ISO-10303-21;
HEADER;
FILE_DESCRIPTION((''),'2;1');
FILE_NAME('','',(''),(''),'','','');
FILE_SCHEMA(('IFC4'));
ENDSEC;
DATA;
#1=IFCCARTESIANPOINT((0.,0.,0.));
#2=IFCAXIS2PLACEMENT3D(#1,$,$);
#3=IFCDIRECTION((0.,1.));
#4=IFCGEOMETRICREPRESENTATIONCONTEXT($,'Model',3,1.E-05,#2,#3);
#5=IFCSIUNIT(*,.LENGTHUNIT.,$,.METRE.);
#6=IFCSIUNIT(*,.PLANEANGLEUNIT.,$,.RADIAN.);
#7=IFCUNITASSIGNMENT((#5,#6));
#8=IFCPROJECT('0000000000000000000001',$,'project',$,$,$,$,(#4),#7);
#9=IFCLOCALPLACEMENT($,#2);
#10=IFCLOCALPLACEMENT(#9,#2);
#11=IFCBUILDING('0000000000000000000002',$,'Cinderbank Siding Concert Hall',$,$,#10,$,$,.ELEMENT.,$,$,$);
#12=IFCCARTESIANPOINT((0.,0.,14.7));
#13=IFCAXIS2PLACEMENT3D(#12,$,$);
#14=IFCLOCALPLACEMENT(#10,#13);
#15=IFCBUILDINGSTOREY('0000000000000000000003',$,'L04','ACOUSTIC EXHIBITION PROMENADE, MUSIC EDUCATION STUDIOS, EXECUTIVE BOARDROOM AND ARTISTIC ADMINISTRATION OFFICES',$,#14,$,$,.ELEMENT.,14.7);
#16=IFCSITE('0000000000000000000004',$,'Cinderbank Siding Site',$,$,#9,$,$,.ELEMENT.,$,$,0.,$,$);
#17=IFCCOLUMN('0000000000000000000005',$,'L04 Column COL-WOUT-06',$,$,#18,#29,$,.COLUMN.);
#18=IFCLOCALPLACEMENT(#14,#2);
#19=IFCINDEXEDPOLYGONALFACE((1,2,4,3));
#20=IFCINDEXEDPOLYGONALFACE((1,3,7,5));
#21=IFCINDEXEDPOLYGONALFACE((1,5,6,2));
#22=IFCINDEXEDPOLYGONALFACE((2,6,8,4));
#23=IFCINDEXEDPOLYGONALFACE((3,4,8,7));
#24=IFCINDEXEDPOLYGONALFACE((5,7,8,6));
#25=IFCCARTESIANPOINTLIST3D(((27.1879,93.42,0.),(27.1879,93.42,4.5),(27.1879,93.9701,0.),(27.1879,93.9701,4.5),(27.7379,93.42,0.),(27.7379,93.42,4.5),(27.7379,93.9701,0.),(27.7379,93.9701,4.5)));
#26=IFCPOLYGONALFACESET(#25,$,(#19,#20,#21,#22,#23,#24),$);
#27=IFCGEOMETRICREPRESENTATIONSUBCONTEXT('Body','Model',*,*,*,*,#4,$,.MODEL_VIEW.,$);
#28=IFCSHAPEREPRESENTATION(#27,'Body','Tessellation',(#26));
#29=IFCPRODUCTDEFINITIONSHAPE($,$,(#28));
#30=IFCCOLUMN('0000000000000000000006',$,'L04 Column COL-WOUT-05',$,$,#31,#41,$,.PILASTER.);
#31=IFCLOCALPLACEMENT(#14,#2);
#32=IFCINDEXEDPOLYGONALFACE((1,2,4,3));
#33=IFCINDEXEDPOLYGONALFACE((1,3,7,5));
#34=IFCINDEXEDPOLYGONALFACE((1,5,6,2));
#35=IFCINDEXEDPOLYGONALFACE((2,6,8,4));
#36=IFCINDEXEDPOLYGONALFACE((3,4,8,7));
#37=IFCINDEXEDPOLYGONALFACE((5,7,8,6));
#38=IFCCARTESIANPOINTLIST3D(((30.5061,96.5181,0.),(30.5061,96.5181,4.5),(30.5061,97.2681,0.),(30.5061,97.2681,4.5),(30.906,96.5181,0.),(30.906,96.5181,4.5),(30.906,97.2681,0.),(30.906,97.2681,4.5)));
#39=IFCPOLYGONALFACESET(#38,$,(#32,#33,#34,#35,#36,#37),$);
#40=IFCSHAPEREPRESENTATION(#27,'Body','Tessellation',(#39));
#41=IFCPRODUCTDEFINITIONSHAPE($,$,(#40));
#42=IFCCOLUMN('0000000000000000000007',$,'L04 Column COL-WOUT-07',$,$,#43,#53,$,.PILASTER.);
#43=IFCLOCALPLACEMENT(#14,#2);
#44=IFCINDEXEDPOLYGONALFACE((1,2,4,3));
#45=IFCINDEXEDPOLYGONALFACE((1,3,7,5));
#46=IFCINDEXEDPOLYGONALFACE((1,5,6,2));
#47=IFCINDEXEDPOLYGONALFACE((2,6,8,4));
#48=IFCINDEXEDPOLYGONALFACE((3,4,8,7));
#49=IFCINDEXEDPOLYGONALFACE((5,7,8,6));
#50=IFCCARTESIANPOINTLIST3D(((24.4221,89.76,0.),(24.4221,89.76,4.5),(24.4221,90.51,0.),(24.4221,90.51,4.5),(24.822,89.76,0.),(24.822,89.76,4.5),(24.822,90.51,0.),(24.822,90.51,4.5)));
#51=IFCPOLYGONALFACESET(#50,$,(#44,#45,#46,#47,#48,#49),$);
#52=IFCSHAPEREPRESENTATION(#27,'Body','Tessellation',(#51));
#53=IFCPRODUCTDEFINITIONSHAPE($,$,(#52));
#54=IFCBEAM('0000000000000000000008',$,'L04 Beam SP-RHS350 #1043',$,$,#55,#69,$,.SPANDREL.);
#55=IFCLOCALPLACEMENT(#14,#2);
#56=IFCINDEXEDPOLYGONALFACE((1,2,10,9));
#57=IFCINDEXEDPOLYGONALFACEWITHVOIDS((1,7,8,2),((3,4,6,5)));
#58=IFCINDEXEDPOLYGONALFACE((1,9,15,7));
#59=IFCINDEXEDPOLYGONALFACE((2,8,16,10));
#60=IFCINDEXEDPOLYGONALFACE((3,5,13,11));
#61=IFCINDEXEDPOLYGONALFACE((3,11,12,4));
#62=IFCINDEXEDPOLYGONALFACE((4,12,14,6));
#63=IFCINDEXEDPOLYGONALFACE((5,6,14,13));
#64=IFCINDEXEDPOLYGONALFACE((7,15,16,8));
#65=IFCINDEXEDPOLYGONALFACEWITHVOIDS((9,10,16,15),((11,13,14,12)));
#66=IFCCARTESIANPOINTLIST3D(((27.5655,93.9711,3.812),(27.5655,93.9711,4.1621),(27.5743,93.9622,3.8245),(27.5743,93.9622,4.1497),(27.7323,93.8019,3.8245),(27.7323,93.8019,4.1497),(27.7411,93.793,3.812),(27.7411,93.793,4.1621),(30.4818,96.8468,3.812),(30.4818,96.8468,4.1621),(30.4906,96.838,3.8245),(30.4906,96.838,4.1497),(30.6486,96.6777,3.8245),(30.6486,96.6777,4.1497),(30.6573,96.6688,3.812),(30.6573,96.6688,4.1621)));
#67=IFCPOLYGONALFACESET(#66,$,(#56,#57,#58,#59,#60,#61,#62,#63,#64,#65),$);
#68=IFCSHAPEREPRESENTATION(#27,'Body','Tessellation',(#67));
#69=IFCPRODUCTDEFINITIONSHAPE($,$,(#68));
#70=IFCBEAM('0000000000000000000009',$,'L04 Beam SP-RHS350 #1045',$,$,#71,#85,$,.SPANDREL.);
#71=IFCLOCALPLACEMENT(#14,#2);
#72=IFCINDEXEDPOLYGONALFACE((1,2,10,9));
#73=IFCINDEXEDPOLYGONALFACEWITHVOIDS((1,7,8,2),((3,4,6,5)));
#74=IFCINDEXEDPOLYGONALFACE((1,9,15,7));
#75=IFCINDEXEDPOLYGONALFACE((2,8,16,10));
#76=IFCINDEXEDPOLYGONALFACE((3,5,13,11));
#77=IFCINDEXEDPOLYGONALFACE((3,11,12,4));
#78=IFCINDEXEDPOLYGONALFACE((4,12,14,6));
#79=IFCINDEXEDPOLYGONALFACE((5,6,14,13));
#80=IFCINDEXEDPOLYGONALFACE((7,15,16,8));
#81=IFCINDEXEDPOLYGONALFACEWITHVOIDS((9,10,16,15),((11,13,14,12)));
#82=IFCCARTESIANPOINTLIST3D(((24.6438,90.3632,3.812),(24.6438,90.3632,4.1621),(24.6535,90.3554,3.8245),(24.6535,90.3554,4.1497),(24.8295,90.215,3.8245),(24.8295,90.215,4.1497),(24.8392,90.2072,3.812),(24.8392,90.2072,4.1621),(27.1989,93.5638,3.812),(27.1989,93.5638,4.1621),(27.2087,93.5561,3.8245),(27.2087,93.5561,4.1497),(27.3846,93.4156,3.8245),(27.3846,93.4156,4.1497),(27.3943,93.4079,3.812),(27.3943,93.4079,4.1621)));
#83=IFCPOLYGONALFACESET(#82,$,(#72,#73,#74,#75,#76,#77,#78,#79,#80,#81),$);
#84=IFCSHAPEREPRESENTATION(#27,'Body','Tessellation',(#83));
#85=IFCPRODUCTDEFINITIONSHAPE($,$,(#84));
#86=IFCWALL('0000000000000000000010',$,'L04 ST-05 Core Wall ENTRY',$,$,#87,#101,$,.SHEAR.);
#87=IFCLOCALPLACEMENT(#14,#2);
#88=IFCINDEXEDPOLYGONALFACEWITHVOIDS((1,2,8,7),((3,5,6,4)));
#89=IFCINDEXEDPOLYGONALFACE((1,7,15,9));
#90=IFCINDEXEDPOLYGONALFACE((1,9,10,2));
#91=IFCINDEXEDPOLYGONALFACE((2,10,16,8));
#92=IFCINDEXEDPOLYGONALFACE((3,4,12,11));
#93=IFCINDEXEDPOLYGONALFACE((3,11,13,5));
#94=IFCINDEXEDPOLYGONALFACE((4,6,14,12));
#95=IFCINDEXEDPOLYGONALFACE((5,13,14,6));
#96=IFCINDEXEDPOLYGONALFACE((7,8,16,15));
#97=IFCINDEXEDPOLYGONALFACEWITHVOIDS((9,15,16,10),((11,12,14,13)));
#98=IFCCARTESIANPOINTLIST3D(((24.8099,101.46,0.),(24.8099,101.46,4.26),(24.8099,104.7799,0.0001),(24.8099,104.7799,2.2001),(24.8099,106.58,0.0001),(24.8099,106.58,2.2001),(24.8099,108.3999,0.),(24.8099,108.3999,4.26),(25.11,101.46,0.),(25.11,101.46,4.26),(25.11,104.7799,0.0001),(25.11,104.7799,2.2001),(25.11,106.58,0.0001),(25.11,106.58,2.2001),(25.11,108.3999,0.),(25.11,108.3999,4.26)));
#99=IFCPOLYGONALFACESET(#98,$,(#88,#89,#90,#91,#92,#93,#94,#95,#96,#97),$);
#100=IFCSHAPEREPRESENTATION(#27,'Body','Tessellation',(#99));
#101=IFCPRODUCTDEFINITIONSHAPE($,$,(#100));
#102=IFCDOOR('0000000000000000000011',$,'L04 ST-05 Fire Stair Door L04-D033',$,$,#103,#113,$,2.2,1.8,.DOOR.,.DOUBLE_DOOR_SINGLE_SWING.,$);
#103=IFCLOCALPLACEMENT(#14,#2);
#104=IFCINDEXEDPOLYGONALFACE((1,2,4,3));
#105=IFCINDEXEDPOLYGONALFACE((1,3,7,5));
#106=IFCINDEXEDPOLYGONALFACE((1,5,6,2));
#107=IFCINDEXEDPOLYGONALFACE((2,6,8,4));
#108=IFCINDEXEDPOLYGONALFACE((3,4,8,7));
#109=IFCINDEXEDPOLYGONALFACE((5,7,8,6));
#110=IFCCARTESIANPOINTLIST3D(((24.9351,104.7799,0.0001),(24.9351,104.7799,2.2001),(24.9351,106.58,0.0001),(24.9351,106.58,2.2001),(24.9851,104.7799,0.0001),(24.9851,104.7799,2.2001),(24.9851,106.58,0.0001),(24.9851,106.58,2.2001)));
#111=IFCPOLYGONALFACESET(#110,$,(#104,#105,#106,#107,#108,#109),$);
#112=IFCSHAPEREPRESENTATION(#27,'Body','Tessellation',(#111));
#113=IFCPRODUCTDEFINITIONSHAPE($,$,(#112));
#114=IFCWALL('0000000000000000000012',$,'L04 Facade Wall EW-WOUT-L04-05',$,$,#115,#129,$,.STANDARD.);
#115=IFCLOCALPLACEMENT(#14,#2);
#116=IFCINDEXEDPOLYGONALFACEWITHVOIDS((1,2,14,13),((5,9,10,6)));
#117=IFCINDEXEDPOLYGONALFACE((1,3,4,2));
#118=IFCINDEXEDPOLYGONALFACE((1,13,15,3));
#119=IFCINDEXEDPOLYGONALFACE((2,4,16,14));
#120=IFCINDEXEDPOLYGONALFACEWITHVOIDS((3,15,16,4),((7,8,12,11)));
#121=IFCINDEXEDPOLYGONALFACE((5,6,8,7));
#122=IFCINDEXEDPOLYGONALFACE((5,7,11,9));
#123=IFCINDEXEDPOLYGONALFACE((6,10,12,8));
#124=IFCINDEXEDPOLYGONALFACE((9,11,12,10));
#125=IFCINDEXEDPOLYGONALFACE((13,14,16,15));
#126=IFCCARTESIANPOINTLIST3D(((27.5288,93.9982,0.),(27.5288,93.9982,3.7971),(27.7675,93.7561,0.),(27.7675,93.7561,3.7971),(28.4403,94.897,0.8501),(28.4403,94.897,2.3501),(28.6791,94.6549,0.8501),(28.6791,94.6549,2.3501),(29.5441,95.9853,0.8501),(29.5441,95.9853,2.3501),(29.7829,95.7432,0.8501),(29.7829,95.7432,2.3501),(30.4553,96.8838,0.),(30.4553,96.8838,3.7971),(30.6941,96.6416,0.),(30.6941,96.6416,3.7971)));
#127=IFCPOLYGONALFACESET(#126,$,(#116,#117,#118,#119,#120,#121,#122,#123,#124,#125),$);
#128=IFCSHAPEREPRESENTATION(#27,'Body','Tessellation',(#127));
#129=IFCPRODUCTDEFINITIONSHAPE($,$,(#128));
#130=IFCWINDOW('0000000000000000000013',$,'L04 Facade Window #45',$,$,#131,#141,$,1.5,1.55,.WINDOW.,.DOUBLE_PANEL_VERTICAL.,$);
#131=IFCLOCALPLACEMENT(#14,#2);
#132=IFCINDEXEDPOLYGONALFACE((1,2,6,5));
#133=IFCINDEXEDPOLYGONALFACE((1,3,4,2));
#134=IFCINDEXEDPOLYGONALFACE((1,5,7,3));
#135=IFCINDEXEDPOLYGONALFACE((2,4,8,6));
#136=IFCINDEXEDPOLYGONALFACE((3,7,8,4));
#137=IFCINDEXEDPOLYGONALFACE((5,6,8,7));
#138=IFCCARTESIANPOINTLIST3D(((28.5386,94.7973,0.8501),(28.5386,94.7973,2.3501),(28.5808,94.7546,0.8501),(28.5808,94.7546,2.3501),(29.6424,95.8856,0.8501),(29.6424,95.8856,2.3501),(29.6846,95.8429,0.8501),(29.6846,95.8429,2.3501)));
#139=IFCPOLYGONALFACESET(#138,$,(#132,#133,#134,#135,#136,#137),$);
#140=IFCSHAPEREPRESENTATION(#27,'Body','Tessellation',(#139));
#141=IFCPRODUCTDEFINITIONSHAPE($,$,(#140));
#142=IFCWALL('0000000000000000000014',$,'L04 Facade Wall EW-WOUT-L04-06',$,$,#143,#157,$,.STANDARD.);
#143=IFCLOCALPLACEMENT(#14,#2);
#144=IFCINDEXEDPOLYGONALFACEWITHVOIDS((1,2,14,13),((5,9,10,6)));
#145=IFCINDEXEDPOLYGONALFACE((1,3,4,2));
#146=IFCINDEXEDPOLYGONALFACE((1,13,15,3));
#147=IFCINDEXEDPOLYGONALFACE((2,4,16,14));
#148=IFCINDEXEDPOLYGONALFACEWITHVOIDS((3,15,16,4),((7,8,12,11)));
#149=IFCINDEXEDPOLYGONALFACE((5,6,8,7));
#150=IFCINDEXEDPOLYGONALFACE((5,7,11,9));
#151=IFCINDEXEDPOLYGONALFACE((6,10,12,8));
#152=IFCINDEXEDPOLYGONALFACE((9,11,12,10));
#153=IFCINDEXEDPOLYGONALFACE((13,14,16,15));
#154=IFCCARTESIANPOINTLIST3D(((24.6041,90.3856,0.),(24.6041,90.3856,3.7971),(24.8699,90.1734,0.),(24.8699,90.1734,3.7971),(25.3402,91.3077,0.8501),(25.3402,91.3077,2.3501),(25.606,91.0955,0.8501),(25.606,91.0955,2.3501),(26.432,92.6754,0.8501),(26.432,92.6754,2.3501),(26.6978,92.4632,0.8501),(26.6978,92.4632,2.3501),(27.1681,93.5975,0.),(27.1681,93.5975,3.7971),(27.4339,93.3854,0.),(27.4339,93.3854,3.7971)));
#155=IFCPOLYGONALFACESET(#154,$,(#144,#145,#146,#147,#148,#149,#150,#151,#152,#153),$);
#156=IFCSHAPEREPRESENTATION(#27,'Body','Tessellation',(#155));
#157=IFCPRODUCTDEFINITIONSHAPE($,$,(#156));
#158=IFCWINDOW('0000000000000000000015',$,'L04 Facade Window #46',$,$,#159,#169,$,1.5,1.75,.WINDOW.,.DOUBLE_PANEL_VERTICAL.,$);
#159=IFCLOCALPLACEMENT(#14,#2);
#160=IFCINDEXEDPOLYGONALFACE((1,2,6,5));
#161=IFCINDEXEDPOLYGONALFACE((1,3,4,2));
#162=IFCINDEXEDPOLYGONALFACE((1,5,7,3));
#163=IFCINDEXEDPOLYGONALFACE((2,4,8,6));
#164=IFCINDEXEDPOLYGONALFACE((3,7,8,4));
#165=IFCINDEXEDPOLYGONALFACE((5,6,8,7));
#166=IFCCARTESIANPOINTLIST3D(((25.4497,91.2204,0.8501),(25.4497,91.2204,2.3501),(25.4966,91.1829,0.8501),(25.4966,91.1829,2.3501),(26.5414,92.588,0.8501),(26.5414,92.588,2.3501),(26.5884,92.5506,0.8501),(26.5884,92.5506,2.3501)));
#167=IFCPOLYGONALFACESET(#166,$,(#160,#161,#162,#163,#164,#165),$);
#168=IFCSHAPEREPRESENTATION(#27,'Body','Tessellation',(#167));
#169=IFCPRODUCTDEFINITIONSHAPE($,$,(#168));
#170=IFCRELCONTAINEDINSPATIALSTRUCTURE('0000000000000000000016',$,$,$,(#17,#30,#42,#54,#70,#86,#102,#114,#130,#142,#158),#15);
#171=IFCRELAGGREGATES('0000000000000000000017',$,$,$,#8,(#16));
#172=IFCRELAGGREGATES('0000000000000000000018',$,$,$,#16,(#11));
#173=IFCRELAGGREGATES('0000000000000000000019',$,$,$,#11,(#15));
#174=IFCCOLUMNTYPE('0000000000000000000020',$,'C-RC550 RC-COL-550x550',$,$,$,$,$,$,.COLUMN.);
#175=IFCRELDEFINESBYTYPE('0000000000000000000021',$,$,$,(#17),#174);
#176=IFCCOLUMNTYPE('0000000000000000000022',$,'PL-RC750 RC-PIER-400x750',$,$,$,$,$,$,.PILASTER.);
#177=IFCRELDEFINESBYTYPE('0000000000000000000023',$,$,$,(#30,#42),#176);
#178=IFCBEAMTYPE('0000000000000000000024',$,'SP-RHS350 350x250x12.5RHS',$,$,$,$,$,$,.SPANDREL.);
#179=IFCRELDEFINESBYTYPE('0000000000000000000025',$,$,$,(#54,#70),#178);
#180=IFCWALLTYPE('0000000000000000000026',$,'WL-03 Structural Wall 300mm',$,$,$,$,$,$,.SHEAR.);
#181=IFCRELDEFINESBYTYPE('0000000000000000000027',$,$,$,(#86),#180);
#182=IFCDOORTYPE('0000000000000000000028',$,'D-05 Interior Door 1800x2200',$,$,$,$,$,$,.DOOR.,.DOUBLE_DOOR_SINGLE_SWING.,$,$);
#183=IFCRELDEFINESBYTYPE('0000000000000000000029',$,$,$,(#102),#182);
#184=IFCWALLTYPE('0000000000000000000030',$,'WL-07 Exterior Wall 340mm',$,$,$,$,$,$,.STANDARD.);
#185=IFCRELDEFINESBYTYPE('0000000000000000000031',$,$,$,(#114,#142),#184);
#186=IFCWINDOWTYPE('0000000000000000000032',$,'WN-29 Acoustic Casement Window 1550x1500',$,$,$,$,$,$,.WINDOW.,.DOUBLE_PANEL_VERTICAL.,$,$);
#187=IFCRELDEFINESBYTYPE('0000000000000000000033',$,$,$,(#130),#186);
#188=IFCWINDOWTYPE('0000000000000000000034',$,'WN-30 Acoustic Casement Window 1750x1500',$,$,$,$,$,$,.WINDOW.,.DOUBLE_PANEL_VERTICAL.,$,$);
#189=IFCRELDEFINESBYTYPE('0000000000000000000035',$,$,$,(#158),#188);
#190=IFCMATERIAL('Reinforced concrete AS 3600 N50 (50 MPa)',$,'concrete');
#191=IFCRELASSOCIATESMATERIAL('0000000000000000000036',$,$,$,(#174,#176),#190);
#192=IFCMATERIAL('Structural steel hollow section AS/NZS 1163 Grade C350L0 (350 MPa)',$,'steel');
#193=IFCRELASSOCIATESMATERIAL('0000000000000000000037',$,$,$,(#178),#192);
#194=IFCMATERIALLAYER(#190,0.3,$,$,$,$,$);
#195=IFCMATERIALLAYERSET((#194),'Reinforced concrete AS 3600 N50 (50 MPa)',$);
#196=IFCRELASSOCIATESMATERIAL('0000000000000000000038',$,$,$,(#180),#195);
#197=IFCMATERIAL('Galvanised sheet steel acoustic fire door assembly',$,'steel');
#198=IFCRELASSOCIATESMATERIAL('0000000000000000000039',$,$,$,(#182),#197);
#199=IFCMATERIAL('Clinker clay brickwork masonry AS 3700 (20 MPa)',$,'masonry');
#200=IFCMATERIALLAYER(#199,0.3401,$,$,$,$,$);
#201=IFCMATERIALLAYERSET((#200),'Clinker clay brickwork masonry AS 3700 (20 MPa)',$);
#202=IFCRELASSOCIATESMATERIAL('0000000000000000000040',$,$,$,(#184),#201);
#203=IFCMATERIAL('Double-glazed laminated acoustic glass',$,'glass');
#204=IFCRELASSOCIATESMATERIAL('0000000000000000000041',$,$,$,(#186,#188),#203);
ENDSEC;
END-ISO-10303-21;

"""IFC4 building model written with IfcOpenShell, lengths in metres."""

from ifc_helpers import new_model, si_unit, direction, frame, frame_2d, origin, origin_2d, place, context, subcontext, project, spatial, rectangle, hollow_rectangle, extrude, material, layer, layer_set, material_profile, profile_set, type_object, element, fill, save


model = new_model("IFC4")

# Units and contexts
model_context = context("Model", 3, precision=1e-05, world=origin(), true_north=direction((0.0, 1.0)))
body_context = subcontext(model_context, "Body", "Model", "MODEL_VIEW")
ifc_project = project(units=[si_unit("LENGTHUNIT", "METRE"), si_unit("PLANEANGLEUNIT", "RADIAN")], contexts=[model_context])

# Site, building, storey
site_placement = place(None, origin())
site = spatial("IfcSite", under=ifc_project, at=site_placement, Name="Cinderbank Siding Site", CompositionType="ELEMENT", RefElevation=0.0)
building_placement = place(site_placement, origin())
building = spatial("IfcBuilding", under=site, at=building_placement, Name="Cinderbank Siding Concert Hall", CompositionType="ELEMENT")
storey_placement = place(building_placement, frame((0.0, 0.0, 14.7)))
storey = spatial("IfcBuildingStorey", under=building, at=storey_placement, Name="L04", Description="ACOUSTIC EXHIBITION PROMENADE, MUSIC EDUCATION STUDIOS, EXECUTIVE BOARDROOM AND ARTISTIC ADMINISTRATION OFFICES", CompositionType="ELEMENT", Elevation=14.7)

# Columns
ifc_material_1 = material(Name="Reinforced concrete AS 3600 N50 (50 MPa)", Category="concrete")
ifc_material_profile_1 = material_profile(ifc_material_1, rectangle(XDim=0.55, YDim=0.55, at=origin_2d()), Name="RC-COL-550x550", Category="LoadBearing")
ifc_profile_set_1 = profile_set([ifc_material_profile_1], Name="Reinforced concrete AS 3600 N50 (50 MPa)")
column_type_1 = type_object("IfcColumnType", Name="C-RC550 RC-COL-550x550", PredefinedType="COLUMN", material=ifc_profile_set_1)
column_placement = place(storey_placement, frame((27.4629, 93.6951, 0.0), z_axis=(0.0, 0.0, 1.0), x_axis=(1.0, 0.0, 0.0)))
element("IfcColumn", 1, at=column_placement, inside=storey, type_object=column_type_1, Name="L04 Column COL-WOUT-06", PredefinedType="COLUMN", context=body_context, shape_type="SweptSolid", body=[
    extrude(rectangle(XDim=0.55, YDim=0.55, at=origin_2d()), origin(), (0.0, 0.0, 1.0), 4.5),
])
ifc_material_profile_2 = material_profile(ifc_material_1, rectangle(XDim=0.3999, YDim=0.75, at=origin_2d()), Name="RC-PIER-400x750", Category="LoadBearing")
ifc_profile_set_2 = profile_set([ifc_material_profile_2], Name="Reinforced concrete AS 3600 N50 (50 MPa)")
column_type_2 = type_object("IfcColumnType", Name="PL-RC750 RC-PIER-400x750", PredefinedType="PILASTER", material=ifc_profile_set_2)
for number, where, z_axis, x_axis, name in (
    (2, (30.7061, 96.8931, 0.0), (0.0, 0.0, 1.0), (1.0, 0.0, 0.0), "L04 Column COL-WOUT-05"),
    (3, (24.6221, 90.135, 0.0), (0.0, 0.0, 1.0), (1.0, 0.0, 0.0), "L04 Column COL-WOUT-07"),
):
    element("IfcColumn", number, at=place(storey_placement, frame(where, z_axis=z_axis, x_axis=x_axis)), inside=storey, type_object=column_type_2, Name=name, PredefinedType="PILASTER", context=body_context, shape_type="SweptSolid", body=[
        extrude(rectangle(XDim=0.3999, YDim=0.75, at=origin_2d()), origin(), (0.0, 0.0, 1.0), 4.5),
    ])

# Beams
ifc_material_2 = material(Name="Structural steel hollow section AS/NZS 1163 Grade C350L0 (350 MPa)", Category="steel")
ifc_material_profile_3 = material_profile(ifc_material_2, hollow_rectangle(XDim=0.25, YDim=0.3501, WallThickness=0.0125, at=origin_2d()), Name="350x250x12.5RHS", Category="LoadBearing")
ifc_profile_set_3 = profile_set([ifc_material_profile_3], Name="Structural steel hollow section AS/NZS 1163 Grade C350L0 (350 MPa)")
beam_type = type_object("IfcBeamType", Name="SP-RHS350 350x250x12.5RHS", PredefinedType="SPANDREL", material=ifc_profile_set_3)
beam_1_placement = place(storey_placement, frame((30.5696, 96.7578, 3.9871), z_axis=(-0.712037, -0.702142, 0.0), x_axis=(0.702142, -0.712037, 0.0)))
element("IfcBeam", 4, at=beam_1_placement, inside=storey, type_object=beam_type, Name="L04 Beam SP-RHS350 #1043", PredefinedType="SPANDREL", context=body_context, shape_type="SweptSolid", body=[
    extrude(hollow_rectangle(XDim=0.25, YDim=0.3501, WallThickness=0.0125, at=origin_2d()), origin(), (0.0, 0.0, 1.0), 4.0957),
])
beam_2_placement = place(storey_placement, frame((27.2966, 93.4858, 3.9871), z_axis=(-0.623895, -0.781508, 0.0), x_axis=(0.781508, -0.623895, 0.0)))
element("IfcBeam", 5, at=beam_2_placement, inside=storey, type_object=beam_type, Name="L04 Beam SP-RHS350 #1045", PredefinedType="SPANDREL", context=body_context, shape_type="SweptSolid", body=[
    extrude(hollow_rectangle(XDim=0.25, YDim=0.3501, WallThickness=0.0125, at=origin_2d()), origin(), (0.0, 0.0, 1.0), 4.0955),
])

# Wall, opening, door
ifc_layer_1 = layer(ifc_material_1, 0.3)
ifc_layer_set_1 = layer_set([ifc_layer_1], Name="Reinforced concrete AS 3600 N50 (50 MPa)")
wall_type_1 = type_object("IfcWallType", Name="WL-03 Structural Wall 300mm", PredefinedType="SHEAR", material=ifc_layer_set_1)
wall_1_placement = place(storey_placement, frame((24.96, 101.46, 0.0), z_axis=(0.0, 0.0, 1.0), x_axis=(0.0, 1.0, 0.0)))
wall_1 = element("IfcWall", 6, at=wall_1_placement, inside=storey, type_object=wall_type_1, Name="L04 ST-05 Core Wall ENTRY", PredefinedType="SHEAR", context=body_context, shape_type="SweptSolid", body=[
    extrude(rectangle(XDim=6.9399, YDim=0.3, at=frame_2d((3.47, 0.0))), origin(), (0.0, 0.0, 1.0), 4.26),
])
opening_1_placement = place(wall_1_placement, frame((3.3201, 0.0, 0.0)))
opening_1 = element("IfcOpeningElement", 7, at=opening_1_placement, cuts=wall_1, PredefinedType="OPENING", context=body_context, shape_type="SweptSolid", body=[
    extrude(rectangle(XDim=1.8, YDim=2.2, at=frame_2d((0.8999, 1.1001))), frame((0.0, 0.1621, 0.0), z_axis=(0.0, -1.0, 0.0), x_axis=(1.0, 0.0, 0.0)), (0.0, 0.0, 1.0), 0.324),
])
ifc_material_3 = material(Name="Galvanised sheet steel acoustic fire door assembly", Category="steel")
door_type_1 = type_object("IfcDoorType", Name="D-05 Interior Door 1800x2200", OperationType="DOUBLE_DOOR_SINGLE_SWING", PredefinedType="DOOR", material=ifc_material_3)
door_1_placement = place(opening_1_placement, origin())
door_1 = element("IfcDoor", 8, at=door_1_placement, inside=storey, type_object=door_type_1, Name="L04 ST-05 Fire Stair Door L04-D033", OperationType="DOUBLE_DOOR_SINGLE_SWING", OverallHeight=2.2, OverallWidth=1.8, PredefinedType="DOOR", context=body_context, shape_type="SweptSolid", body=[
    extrude(rectangle(XDim=1.8, YDim=2.2, at=frame_2d((0.8999, 1.1001))), frame((0.0, 0.0249, 0.0), z_axis=(0.0, -1.0, 0.0), x_axis=(1.0, 0.0, 0.0)), (0.0, 0.0, 1.0), 0.05),
])
fill(opening_1, door_1)

# Walls, openings, windows
ifc_material_4 = material(Name="Clinker clay brickwork masonry AS 3700 (20 MPa)", Category="masonry")
ifc_layer_2 = layer(ifc_material_4, 0.3401)
ifc_layer_set_2 = layer_set([ifc_layer_2], Name="Clinker clay brickwork masonry AS 3700 (20 MPa)")
wall_type_2 = type_object("IfcWallType", Name="WL-07 Exterior Wall 340mm", PredefinedType="STANDARD", material=ifc_layer_set_2)
wall_2_placement = place(storey_placement, frame((30.5747, 96.7627, 0.0), z_axis=(0.0, 0.0, 1.0), x_axis=(-0.712079, -0.702099, 0.0)))
wall_2 = element("IfcWall", 9, at=wall_2_placement, inside=storey, type_object=wall_type_2, Name="L04 Facade Wall EW-WOUT-L04-05", PredefinedType="STANDARD", context=body_context, shape_type="SweptSolid", body=[
    extrude(rectangle(XDim=4.1099, YDim=0.3401, at=frame_2d((2.0549, 0.0))), origin(), (0.0, 0.0, 1.0), 3.7971),
])
opening_2_placement = place(wall_2_placement, frame((1.2798, 0.0, 0.8501)))
opening_2 = element("IfcOpeningElement", 10, at=opening_2_placement, cuts=wall_2, PredefinedType="OPENING", context=body_context, shape_type="SweptSolid", body=[
    extrude(rectangle(XDim=1.55, YDim=1.5, at=frame_2d((0.7749, 0.75))), frame((0.0, 0.1821, 0.0), z_axis=(0.0, -1.0, 0.0), x_axis=(1.0, 0.0, 0.0)), (0.0, 0.0, 1.0), 0.364),
])
ifc_material_5 = material(Name="Double-glazed laminated acoustic glass", Category="glass")
window_type_1 = type_object("IfcWindowType", Name="WN-29 Acoustic Casement Window 1550x1500", PartitioningType="DOUBLE_PANEL_VERTICAL", PredefinedType="WINDOW", material=ifc_material_5)
window_1_placement = place(opening_2_placement, origin())
window_1 = element("IfcWindow", 11, at=window_1_placement, inside=storey, type_object=window_type_1, Name="L04 Facade Window #45", OverallHeight=1.5, OverallWidth=1.55, PartitioningType="DOUBLE_PANEL_VERTICAL", PredefinedType="WINDOW", context=body_context, shape_type="SweptSolid", body=[
    extrude(rectangle(XDim=1.55, YDim=1.5, at=frame_2d((0.7749, 0.75))), frame((0.0, 0.03, 0.0), z_axis=(0.0, -1.0, 0.0), x_axis=(1.0, 0.0, 0.0)), (0.0, 0.0, 1.0), 0.0601),
])
fill(opening_2, window_1)
wall_3_placement = place(storey_placement, frame((27.301, 93.4915, 0.0), z_axis=(0.0, 0.0, 1.0), x_axis=(-0.623869, -0.781529, 0.0)))
wall_3 = element("IfcWall", 12, at=wall_3_placement, inside=storey, type_object=wall_type_2, Name="L04 Facade Wall EW-WOUT-L04-06", PredefinedType="STANDARD", context=body_context, shape_type="SweptSolid", body=[
    extrude(rectangle(XDim=4.1099, YDim=0.3401, at=frame_2d((2.0549, 0.0))), origin(), (0.0, 0.0, 1.0), 3.7971),
])
opening_3_placement = place(wall_3_placement, frame((1.1799, 0.0, 0.8501)))
opening_3 = element("IfcOpeningElement", 13, at=opening_3_placement, cuts=wall_3, PredefinedType="OPENING", context=body_context, shape_type="SweptSolid", body=[
    extrude(rectangle(XDim=1.75, YDim=1.5, at=frame_2d((0.875, 0.75))), frame((0.0, 0.1821, 0.0), z_axis=(0.0, -1.0, 0.0), x_axis=(1.0, 0.0, 0.0)), (0.0, 0.0, 1.0), 0.364),
])
window_type_2 = type_object("IfcWindowType", Name="WN-30 Acoustic Casement Window 1750x1500", PartitioningType="DOUBLE_PANEL_VERTICAL", PredefinedType="WINDOW", material=ifc_material_5)
window_2_placement = place(opening_3_placement, origin())
window_2 = element("IfcWindow", 14, at=window_2_placement, inside=storey, type_object=window_type_2, Name="L04 Facade Window #46", OverallHeight=1.5, OverallWidth=1.75, PartitioningType="DOUBLE_PANEL_VERTICAL", PredefinedType="WINDOW", context=body_context, shape_type="SweptSolid", body=[
    extrude(rectangle(XDim=1.75, YDim=1.5, at=frame_2d((0.875, 0.75))), frame((0.0, 0.03, 0.0), z_axis=(0.0, -1.0, 0.0), x_axis=(1.0, 0.0, 0.0)), (0.0, 0.0, 1.0), 0.0601),
])
fill(opening_3, window_2)

save(model, "model.ifc")
